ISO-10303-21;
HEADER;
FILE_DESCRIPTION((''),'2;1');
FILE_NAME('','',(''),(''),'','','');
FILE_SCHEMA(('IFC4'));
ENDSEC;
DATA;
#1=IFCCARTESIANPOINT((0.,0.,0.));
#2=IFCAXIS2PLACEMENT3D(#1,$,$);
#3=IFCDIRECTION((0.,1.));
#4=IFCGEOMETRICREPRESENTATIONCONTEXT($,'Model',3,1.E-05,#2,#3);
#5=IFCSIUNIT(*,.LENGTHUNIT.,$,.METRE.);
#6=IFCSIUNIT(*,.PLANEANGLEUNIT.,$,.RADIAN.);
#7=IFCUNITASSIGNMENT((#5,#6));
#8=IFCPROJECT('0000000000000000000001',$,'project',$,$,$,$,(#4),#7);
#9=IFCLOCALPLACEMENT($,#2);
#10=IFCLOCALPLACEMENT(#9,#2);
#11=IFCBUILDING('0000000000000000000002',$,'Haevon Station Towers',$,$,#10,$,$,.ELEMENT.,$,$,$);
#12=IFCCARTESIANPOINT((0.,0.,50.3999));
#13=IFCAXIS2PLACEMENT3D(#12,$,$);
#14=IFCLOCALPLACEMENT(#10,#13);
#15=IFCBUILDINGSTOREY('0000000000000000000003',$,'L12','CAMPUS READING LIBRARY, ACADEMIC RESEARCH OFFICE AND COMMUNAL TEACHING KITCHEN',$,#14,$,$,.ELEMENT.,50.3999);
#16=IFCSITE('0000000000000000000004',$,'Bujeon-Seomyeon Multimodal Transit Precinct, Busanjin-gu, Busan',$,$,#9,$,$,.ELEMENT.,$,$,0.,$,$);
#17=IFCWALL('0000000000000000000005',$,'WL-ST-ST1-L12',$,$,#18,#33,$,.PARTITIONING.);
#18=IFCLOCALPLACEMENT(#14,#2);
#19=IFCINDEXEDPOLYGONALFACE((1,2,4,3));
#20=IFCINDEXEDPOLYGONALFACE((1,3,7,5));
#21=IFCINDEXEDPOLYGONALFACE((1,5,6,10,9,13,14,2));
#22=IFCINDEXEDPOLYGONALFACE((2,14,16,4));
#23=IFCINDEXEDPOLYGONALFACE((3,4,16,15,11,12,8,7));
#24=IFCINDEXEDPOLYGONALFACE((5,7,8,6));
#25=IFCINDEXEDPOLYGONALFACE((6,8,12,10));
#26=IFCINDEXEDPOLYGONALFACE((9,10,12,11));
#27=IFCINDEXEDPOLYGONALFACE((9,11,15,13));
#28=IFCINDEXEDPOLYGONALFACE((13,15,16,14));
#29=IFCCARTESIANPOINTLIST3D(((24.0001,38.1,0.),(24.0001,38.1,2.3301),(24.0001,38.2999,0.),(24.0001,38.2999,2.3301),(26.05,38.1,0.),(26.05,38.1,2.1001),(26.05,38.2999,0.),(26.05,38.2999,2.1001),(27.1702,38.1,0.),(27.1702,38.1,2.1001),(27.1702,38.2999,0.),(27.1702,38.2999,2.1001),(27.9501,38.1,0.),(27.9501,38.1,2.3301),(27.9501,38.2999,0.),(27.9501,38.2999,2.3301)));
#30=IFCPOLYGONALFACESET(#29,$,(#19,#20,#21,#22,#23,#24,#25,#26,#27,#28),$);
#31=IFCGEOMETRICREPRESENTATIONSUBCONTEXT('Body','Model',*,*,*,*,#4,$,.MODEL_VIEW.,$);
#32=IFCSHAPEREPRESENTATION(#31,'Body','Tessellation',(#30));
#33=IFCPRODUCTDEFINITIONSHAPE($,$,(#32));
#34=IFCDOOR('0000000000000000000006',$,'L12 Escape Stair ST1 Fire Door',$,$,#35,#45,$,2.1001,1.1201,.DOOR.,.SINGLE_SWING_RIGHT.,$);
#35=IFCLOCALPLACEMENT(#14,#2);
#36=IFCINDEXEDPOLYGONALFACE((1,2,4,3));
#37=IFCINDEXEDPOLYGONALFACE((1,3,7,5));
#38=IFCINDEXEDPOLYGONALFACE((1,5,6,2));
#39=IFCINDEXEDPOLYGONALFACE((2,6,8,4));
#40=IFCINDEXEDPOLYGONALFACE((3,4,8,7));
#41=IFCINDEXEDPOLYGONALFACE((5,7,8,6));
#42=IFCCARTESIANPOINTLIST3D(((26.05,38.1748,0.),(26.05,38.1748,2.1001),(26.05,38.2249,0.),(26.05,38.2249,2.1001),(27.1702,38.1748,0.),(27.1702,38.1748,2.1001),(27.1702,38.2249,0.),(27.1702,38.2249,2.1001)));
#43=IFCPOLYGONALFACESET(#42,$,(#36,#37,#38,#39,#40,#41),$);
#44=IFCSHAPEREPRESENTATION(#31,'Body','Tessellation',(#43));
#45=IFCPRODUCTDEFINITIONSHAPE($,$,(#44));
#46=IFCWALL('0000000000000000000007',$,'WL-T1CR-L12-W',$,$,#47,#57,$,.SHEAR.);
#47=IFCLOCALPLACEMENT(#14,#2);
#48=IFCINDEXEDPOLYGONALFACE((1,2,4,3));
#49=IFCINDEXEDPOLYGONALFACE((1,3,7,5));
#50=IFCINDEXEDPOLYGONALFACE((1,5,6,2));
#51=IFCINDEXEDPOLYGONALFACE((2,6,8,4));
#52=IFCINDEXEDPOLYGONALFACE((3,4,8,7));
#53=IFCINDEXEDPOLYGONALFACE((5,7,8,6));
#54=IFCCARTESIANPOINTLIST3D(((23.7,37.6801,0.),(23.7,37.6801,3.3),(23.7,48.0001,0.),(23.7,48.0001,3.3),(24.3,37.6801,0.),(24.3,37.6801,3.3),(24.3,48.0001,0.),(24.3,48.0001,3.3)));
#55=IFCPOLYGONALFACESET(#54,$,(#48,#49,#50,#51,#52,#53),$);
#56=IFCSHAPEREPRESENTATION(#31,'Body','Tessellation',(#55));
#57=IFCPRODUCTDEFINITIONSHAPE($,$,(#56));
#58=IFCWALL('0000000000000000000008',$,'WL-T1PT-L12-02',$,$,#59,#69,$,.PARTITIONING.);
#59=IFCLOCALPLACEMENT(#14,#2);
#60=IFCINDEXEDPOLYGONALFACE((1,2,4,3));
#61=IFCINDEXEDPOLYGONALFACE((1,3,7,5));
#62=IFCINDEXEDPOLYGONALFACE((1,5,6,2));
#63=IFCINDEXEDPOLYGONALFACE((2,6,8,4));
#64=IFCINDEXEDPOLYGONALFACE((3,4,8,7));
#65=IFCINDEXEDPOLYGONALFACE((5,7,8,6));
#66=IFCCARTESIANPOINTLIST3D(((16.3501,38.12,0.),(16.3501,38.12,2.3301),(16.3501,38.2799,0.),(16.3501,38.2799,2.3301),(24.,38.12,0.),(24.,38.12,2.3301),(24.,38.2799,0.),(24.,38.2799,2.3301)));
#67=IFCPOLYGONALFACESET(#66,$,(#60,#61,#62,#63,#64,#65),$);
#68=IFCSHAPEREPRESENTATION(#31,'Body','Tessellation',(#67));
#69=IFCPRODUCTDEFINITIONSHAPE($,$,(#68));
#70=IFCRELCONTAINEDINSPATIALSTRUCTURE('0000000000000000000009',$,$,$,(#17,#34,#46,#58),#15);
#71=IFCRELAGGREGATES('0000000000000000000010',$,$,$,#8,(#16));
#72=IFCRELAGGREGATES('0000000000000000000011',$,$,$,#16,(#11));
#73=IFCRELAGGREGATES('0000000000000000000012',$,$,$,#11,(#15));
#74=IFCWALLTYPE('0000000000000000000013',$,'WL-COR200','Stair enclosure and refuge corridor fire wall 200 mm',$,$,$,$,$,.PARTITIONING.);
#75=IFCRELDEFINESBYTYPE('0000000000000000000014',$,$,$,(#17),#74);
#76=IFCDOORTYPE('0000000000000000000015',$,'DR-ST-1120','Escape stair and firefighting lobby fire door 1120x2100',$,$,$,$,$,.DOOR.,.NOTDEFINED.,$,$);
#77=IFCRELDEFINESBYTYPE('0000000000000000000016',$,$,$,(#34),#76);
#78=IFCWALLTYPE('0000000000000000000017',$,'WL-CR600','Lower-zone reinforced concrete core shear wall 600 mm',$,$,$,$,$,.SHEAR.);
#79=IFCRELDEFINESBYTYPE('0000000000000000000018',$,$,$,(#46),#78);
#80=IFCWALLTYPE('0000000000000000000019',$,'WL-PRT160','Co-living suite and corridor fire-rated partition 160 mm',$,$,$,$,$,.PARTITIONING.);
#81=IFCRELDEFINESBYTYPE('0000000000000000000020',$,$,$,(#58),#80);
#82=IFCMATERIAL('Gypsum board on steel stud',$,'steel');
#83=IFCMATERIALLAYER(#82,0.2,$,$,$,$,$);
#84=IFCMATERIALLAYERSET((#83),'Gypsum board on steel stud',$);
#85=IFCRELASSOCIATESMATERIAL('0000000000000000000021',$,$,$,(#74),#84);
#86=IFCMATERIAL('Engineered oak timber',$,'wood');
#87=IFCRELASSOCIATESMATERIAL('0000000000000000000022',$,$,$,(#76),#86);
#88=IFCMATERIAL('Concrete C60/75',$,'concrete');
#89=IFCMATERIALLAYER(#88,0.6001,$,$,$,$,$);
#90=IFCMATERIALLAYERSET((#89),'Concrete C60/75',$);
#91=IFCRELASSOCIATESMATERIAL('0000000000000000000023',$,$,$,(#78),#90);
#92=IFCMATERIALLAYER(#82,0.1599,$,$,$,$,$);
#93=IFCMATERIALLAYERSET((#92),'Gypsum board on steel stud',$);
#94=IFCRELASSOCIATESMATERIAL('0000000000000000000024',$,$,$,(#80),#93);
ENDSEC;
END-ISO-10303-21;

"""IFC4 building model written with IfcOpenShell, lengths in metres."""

from ifc_helpers import new_model, si_unit, direction, frame, frame_2d, origin, place, context, subcontext, project, spatial, rectangle, extrude, material, layer, layer_set, type_object, element, fill, save


model = new_model("IFC4")

# Units and contexts
model_context = context("Model", 3, precision=1e-05, world=origin(), true_north=direction((0.0, 1.0)))
body_context = subcontext(model_context, "Body", "Model", "MODEL_VIEW")
ifc_project = project(units=[si_unit("LENGTHUNIT", "METRE"), si_unit("PLANEANGLEUNIT", "RADIAN")], contexts=[model_context])

# Site, building, storey
site_placement = place(None, origin())
site = spatial("IfcSite", under=ifc_project, at=site_placement, Name="Bujeon-Seomyeon Multimodal Transit Precinct, Busanjin-gu, Busan", CompositionType="ELEMENT", RefElevation=0.0)
building_placement = place(site_placement, origin())
building = spatial("IfcBuilding", under=site, at=building_placement, Name="Haevon Station Towers", CompositionType="ELEMENT")
storey_placement = place(building_placement, frame((0.0, 0.0, 50.3999)))
storey = spatial("IfcBuildingStorey", under=building, at=storey_placement, Name="L12", Description="CAMPUS READING LIBRARY, ACADEMIC RESEARCH OFFICE AND COMMUNAL TEACHING KITCHEN", CompositionType="ELEMENT", Elevation=50.3999)

# Wall, opening, door
ifc_material_1 = material(Name="Gypsum board on steel stud", Category="steel")
ifc_layer_1 = layer(ifc_material_1, 0.2)
ifc_layer_set_1 = layer_set([ifc_layer_1], Name="Gypsum board on steel stud")
wall_type_1 = type_object("IfcWallType", Name="WL-COR200", Description="Stair enclosure and refuge corridor fire wall 200 mm", PredefinedType="PARTITIONING", material=ifc_layer_set_1)
wall_1_placement = place(storey_placement, frame((24.0, 38.2, 0.0), z_axis=(0.0, 0.0, 1.0), x_axis=(1.0, 0.0, 0.0)))
wall_1 = element("IfcWall", 1, at=wall_1_placement, inside=storey, type_object=wall_type_1, Name="WL-ST-ST1-L12", PredefinedType="PARTITIONING", context=body_context, shape_type="SweptSolid", body=[
    extrude(rectangle(XDim=3.95, YDim=0.2, at=frame_2d((1.9751, 0.0))), origin(), (0.0, 0.0, 1.0), 2.3301),
])
opening_1_placement = place(wall_1_placement, frame((2.05, 0.0, 0.0)))
opening_1 = element("IfcOpeningElement", 2, at=opening_1_placement, cuts=wall_1, PredefinedType="OPENING", context=body_context, shape_type="SweptSolid", body=[
    extrude(rectangle(XDim=1.1201, YDim=2.1001, at=frame_2d((0.5601, 1.05))), frame((0.0, 0.1099, 0.0), z_axis=(0.0, -1.0, 0.0), x_axis=(1.0, 0.0, 0.0)), (0.0, 0.0, 1.0), 0.22),
])
ifc_material_2 = material(Name="Engineered oak timber", Category="wood")
door_type_1 = type_object("IfcDoorType", Name="DR-ST-1120", Description="Escape stair and firefighting lobby fire door 1120x2100", OperationType="NOTDEFINED", PredefinedType="DOOR", material=ifc_material_2)
door_1_placement = place(opening_1_placement, origin())
door_1 = element("IfcDoor", 3, at=door_1_placement, inside=storey, type_object=door_type_1, Name="L12 Escape Stair ST1 Fire Door", OperationType="SINGLE_SWING_RIGHT", OverallHeight=2.1001, OverallWidth=1.1201, PredefinedType="DOOR", context=body_context, shape_type="SweptSolid", body=[
    extrude(rectangle(XDim=1.1201, YDim=2.1001, at=frame_2d((0.5601, 1.05))), frame((0.0, 0.0249, 0.0), z_axis=(0.0, -1.0, 0.0), x_axis=(1.0, 0.0, 0.0)), (0.0, 0.0, 1.0), 0.05),
])
fill(opening_1, door_1)

# Walls
ifc_material_3 = material(Name="Concrete C60/75", Category="concrete")
ifc_layer_2 = layer(ifc_material_3, 0.6001)
ifc_layer_set_2 = layer_set([ifc_layer_2], Name="Concrete C60/75")
wall_type_2 = type_object("IfcWallType", Name="WL-CR600", Description="Lower-zone reinforced concrete core shear wall 600 mm", PredefinedType="SHEAR", material=ifc_layer_set_2)
wall_2_placement = place(storey_placement, frame((24.0, 37.6799, 0.0), z_axis=(0.0, 0.0, 1.0), x_axis=(0.0, 1.0, 0.0)))
element("IfcWall", 4, at=wall_2_placement, inside=storey, type_object=wall_type_2, Name="WL-T1CR-L12-W", PredefinedType="SHEAR", context=body_context, shape_type="SweptSolid", body=[
    extrude(rectangle(XDim=10.3201, YDim=0.6001, at=frame_2d((5.1602, 0.0))), origin(), (0.0, 0.0, 1.0), 3.3),
])
ifc_layer_3 = layer(ifc_material_1, 0.1599)
ifc_layer_set_3 = layer_set([ifc_layer_3], Name="Gypsum board on steel stud")
wall_type_3 = type_object("IfcWallType", Name="WL-PRT160", Description="Co-living suite and corridor fire-rated partition 160 mm", PredefinedType="PARTITIONING", material=ifc_layer_set_3)
wall_3_placement = place(storey_placement, frame((16.3501, 38.2, 0.0), z_axis=(0.0, 0.0, 1.0), x_axis=(1.0, 0.0, 0.0)))
element("IfcWall", 5, at=wall_3_placement, inside=storey, type_object=wall_type_3, Name="WL-T1PT-L12-02", PredefinedType="PARTITIONING", context=body_context, shape_type="SweptSolid", body=[
    extrude(rectangle(XDim=7.6499, YDim=0.1599, at=frame_2d((3.825, 0.0))), origin(), (0.0, 0.0, 1.0), 2.3301),
])

save(model, "model.ifc")
